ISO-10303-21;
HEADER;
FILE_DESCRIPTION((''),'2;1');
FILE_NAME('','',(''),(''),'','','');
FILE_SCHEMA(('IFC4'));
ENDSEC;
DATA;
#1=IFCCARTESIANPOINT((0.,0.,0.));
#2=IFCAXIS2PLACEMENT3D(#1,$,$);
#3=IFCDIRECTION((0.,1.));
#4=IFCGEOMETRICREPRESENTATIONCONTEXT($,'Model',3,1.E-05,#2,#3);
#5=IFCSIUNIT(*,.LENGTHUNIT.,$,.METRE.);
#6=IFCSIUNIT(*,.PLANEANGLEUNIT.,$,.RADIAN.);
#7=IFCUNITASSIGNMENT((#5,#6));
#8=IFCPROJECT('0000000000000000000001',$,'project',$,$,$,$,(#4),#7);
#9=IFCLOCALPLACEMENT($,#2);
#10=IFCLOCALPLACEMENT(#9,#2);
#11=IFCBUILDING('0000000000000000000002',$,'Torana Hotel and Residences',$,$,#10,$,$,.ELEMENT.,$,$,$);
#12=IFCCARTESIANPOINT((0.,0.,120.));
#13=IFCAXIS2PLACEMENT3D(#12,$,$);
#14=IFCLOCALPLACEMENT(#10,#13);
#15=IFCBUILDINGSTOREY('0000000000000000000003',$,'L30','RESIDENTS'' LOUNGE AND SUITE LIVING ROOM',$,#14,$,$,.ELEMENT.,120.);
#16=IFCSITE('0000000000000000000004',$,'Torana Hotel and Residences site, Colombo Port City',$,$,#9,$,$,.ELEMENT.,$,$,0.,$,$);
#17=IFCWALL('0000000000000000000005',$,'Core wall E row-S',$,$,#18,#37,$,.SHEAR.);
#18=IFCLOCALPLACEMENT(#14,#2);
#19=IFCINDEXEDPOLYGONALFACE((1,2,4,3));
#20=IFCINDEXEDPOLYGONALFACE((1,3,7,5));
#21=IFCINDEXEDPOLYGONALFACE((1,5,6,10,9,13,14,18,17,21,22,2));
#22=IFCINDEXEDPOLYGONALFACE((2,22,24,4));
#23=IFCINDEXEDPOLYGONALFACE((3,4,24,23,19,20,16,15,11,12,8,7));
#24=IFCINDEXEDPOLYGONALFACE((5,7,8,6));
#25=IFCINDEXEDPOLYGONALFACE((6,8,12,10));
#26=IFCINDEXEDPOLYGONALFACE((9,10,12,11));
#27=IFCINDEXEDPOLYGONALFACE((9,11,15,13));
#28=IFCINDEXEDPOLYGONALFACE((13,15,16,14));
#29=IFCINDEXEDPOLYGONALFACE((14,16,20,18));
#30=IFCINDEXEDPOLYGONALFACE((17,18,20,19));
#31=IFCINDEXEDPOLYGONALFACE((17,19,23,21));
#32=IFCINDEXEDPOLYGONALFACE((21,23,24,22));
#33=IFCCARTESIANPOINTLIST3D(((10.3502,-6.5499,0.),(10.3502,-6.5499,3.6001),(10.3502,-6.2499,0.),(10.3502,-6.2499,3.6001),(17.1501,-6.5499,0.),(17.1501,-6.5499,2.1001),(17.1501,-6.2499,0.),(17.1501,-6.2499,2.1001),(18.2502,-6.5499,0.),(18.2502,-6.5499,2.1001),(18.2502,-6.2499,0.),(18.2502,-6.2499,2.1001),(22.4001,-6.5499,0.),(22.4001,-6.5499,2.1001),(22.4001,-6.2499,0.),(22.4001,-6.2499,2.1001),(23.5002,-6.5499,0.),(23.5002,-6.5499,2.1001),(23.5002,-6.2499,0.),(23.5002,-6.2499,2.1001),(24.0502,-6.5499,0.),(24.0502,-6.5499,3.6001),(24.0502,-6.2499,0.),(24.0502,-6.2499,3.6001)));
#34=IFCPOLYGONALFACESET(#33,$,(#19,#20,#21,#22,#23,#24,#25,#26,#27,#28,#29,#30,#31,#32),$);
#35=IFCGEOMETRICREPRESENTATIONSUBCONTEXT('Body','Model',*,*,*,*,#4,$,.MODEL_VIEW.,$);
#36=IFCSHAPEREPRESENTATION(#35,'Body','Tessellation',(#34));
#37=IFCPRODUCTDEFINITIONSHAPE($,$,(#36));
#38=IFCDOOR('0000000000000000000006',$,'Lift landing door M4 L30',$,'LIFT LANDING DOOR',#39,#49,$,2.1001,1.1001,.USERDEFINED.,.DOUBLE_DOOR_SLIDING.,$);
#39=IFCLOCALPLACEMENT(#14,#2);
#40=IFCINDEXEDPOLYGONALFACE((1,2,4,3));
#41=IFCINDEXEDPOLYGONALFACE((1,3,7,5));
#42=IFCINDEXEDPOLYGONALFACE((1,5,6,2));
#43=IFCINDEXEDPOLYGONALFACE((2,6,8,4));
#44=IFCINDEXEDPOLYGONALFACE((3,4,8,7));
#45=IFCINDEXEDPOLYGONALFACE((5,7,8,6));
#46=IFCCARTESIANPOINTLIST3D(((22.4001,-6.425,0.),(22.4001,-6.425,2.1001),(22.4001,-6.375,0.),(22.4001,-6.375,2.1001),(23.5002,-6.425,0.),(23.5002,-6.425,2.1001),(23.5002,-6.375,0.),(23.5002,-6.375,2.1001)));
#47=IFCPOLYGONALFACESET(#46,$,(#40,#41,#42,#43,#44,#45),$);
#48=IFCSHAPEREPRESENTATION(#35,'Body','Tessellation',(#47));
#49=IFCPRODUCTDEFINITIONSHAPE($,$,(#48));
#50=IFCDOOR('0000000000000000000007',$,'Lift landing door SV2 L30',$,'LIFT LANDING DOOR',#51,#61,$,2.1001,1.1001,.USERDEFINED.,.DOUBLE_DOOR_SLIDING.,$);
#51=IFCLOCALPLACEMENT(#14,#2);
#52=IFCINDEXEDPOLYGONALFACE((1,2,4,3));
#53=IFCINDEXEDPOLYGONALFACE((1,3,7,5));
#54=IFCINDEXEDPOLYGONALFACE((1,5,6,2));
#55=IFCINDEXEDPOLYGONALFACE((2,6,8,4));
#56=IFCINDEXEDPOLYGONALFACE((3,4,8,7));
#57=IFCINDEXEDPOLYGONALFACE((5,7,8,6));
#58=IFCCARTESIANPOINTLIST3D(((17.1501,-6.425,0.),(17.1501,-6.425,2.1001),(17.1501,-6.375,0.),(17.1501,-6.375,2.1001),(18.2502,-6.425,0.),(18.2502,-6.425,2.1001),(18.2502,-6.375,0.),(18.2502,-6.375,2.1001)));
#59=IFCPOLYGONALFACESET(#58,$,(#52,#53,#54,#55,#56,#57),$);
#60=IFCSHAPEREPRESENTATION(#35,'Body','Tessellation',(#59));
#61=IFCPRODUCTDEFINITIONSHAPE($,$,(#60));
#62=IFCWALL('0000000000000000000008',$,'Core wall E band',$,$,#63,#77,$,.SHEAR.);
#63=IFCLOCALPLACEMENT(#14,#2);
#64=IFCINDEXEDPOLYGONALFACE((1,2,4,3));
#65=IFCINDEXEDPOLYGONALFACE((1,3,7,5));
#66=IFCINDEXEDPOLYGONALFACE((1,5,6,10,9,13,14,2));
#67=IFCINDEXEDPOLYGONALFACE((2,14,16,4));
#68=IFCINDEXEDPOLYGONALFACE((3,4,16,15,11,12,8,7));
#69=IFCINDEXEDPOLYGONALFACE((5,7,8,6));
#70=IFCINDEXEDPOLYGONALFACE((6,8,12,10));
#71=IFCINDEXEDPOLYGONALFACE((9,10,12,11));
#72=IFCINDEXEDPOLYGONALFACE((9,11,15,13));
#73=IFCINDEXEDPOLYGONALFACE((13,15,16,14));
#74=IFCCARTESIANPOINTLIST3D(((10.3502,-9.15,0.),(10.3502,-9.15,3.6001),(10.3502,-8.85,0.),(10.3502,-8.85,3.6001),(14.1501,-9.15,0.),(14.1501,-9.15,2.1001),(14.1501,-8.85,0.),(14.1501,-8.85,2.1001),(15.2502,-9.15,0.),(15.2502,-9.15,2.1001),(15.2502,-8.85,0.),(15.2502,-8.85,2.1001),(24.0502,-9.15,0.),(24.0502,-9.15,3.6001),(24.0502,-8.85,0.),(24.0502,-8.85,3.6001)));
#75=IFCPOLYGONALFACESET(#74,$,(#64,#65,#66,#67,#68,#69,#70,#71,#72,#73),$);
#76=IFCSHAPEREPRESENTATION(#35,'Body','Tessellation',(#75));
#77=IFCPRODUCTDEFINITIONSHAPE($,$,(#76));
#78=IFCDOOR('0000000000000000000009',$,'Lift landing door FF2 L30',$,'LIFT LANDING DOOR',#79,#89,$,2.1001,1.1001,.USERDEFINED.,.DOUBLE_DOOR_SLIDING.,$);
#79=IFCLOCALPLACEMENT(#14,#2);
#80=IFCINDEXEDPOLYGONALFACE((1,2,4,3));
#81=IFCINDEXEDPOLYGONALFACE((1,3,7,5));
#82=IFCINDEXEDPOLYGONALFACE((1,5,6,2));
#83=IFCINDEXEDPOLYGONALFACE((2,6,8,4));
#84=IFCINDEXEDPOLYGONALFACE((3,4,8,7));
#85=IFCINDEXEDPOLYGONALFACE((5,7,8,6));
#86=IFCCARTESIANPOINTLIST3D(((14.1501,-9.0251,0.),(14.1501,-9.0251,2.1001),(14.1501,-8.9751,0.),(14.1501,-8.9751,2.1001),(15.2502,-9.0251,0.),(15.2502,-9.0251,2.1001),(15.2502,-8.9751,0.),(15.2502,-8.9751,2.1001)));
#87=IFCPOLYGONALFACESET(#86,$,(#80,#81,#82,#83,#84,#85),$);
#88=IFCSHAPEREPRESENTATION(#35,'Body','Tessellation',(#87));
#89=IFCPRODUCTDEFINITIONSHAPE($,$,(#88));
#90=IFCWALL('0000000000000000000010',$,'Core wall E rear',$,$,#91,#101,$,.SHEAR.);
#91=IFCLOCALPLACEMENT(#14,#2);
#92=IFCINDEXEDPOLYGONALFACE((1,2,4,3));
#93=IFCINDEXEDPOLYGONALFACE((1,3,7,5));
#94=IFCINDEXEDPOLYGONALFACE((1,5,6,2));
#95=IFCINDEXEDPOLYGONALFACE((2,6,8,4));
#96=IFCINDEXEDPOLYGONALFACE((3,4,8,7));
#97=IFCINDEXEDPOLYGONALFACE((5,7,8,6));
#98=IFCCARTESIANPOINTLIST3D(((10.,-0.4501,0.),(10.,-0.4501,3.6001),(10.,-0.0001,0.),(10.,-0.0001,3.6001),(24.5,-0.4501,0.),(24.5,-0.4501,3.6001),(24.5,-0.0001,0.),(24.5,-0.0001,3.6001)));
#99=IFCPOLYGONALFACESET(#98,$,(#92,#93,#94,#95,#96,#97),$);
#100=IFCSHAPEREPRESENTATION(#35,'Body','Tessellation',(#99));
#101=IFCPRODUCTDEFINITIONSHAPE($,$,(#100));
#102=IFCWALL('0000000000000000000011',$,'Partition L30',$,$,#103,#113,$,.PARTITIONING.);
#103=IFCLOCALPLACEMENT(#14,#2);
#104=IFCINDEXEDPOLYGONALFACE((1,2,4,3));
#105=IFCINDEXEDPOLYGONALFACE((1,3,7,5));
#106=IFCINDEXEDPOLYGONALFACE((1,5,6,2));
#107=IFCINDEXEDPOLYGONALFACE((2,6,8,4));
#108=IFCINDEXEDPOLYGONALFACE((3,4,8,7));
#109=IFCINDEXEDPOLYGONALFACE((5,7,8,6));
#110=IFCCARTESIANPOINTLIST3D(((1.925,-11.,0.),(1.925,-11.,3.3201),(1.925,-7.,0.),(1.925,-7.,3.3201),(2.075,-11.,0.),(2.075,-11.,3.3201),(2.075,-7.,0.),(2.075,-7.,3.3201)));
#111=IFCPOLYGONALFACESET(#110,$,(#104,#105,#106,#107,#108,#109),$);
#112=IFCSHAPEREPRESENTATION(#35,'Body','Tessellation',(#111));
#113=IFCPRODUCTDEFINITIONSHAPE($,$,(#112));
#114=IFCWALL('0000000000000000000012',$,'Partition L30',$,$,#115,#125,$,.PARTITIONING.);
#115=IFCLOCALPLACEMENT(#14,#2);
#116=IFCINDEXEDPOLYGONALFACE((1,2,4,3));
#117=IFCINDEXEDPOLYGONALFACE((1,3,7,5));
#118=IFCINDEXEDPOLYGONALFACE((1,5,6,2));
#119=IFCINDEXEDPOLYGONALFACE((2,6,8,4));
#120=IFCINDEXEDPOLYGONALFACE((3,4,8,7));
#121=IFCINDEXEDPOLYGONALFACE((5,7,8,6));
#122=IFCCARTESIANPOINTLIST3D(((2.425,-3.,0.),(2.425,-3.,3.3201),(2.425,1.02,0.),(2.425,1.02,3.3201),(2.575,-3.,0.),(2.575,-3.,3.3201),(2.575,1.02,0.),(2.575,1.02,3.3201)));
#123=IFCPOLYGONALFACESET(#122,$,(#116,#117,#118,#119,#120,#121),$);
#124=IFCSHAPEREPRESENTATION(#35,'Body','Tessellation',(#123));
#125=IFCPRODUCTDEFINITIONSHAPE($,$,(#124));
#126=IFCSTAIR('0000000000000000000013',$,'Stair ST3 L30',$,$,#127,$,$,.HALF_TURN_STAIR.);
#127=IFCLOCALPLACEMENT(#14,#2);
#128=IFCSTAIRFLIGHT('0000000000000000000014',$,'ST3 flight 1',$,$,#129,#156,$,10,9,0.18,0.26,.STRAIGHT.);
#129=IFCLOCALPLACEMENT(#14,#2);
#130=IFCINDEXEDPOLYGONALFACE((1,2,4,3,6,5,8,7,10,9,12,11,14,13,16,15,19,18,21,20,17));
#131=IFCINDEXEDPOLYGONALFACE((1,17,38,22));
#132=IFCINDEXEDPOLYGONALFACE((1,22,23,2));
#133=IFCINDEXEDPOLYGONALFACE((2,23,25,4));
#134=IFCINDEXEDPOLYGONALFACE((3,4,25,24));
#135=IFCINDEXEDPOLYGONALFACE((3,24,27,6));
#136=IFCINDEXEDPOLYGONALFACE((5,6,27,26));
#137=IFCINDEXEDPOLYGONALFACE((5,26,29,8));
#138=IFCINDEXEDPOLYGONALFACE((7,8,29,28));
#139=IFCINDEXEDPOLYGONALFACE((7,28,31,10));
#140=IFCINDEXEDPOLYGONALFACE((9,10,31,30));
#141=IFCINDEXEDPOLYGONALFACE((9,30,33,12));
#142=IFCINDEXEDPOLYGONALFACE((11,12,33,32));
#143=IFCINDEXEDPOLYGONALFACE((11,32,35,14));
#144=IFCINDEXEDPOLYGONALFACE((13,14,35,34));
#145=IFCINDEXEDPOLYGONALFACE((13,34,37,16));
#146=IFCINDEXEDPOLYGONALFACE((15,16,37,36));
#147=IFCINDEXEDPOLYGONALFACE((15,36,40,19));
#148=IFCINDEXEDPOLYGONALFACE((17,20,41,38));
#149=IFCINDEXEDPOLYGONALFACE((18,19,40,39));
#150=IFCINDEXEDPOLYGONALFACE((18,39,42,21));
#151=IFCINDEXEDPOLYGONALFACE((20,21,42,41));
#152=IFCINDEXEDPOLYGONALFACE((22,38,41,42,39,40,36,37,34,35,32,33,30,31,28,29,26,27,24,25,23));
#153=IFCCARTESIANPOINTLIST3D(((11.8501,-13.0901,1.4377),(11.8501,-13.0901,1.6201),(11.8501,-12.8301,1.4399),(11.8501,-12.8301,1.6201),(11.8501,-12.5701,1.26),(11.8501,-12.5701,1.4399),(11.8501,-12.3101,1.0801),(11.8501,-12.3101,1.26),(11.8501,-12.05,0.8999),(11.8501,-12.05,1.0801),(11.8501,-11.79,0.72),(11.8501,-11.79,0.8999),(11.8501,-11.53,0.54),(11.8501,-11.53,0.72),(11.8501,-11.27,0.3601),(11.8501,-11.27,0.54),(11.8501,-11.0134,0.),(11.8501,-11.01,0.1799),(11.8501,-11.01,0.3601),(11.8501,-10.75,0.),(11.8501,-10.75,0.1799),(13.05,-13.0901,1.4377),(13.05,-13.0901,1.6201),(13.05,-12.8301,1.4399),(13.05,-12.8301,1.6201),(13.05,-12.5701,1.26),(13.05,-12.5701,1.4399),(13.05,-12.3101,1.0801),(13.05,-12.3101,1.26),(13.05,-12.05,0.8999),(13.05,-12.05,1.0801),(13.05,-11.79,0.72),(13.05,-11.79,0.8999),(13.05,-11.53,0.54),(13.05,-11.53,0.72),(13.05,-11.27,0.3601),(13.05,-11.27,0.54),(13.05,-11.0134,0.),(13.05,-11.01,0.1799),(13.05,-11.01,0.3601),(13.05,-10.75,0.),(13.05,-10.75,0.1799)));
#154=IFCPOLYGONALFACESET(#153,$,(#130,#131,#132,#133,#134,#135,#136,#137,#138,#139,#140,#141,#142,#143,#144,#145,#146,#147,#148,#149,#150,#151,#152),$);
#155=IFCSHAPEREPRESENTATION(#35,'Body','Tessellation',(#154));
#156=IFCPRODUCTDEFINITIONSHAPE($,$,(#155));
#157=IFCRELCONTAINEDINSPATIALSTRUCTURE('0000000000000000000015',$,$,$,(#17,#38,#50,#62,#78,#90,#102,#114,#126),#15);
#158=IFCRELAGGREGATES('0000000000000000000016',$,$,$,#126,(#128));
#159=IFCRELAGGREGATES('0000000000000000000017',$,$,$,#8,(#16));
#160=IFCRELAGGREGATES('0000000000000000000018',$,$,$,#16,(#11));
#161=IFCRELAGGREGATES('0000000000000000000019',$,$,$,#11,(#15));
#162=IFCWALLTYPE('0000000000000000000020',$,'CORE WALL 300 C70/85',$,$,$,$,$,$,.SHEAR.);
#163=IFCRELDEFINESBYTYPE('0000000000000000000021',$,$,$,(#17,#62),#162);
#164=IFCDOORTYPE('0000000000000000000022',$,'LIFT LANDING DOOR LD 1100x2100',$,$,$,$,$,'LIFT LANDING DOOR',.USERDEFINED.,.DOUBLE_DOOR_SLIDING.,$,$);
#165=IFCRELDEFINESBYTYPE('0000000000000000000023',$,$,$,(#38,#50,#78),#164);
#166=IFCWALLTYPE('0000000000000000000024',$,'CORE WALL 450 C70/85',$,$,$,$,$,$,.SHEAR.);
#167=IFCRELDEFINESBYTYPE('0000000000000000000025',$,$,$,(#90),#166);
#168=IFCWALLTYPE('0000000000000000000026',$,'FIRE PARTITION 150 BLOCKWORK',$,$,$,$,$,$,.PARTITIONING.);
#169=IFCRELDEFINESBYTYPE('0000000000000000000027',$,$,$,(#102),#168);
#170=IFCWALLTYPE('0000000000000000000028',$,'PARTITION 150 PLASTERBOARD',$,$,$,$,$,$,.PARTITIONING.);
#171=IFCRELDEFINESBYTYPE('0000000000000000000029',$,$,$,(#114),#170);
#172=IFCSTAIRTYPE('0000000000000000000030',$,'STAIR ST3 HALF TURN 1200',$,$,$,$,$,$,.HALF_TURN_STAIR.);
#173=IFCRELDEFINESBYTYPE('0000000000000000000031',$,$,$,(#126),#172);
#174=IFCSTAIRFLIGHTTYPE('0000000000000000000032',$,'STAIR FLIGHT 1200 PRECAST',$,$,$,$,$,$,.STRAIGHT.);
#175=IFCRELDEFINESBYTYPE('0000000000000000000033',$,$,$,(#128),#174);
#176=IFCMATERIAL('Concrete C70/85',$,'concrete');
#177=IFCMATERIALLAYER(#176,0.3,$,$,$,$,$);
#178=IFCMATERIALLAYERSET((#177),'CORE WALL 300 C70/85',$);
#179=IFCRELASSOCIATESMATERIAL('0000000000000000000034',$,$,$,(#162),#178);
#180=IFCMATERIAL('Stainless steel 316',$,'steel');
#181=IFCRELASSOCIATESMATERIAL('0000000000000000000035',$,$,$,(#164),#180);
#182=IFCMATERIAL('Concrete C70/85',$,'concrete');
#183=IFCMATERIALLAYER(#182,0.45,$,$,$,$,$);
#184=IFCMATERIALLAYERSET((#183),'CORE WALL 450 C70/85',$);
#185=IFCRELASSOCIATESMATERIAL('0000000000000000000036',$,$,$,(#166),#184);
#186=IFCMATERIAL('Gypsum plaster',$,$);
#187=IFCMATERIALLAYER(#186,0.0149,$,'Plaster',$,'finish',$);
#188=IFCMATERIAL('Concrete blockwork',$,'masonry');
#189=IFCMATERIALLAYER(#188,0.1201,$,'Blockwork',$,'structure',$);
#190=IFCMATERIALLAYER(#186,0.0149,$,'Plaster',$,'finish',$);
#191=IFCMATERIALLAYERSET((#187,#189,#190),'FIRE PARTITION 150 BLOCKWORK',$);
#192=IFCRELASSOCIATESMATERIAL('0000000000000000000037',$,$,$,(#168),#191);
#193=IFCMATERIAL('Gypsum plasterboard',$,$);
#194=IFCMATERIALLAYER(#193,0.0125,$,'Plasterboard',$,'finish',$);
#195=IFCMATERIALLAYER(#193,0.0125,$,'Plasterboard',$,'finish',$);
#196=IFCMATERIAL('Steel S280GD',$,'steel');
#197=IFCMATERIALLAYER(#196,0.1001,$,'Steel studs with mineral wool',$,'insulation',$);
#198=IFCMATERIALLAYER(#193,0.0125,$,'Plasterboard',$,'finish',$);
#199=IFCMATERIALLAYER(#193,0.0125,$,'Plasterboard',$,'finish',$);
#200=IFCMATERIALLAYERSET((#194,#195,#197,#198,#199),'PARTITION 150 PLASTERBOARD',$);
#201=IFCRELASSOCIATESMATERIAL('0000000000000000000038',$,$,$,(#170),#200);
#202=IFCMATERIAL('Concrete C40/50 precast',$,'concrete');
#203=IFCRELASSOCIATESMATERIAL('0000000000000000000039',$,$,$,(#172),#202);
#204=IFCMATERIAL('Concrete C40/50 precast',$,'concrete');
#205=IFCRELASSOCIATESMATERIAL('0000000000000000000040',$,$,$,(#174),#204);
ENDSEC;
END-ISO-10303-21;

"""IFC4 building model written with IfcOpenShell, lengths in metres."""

from ifc_helpers import new_model, si_unit, direction, frame, frame_2d, origin, place, context, subcontext, project, spatial, polyline, rectangle, outline, extrude, material, layer, layer_set, type_object, element, fill, aggregate, save


model = new_model("IFC4")

# Units and contexts
model_context = context("Model", 3, precision=1e-05, world=origin(), true_north=direction((0.0, 1.0)))
body_context = subcontext(model_context, "Body", "Model", "MODEL_VIEW")
ifc_project = project(units=[si_unit("LENGTHUNIT", "METRE"), si_unit("PLANEANGLEUNIT", "RADIAN")], contexts=[model_context])

# Site, building, storey
site_placement = place(None, origin())
site = spatial("IfcSite", under=ifc_project, at=site_placement, Name="Torana Hotel and Residences site, Colombo Port City", CompositionType="ELEMENT", RefElevation=0.0)
building_placement = place(site_placement, origin())
building = spatial("IfcBuilding", under=site, at=building_placement, Name="Torana Hotel and Residences", CompositionType="ELEMENT")
storey_placement = place(building_placement, frame((0.0, 0.0, 120.0)))
storey = spatial("IfcBuildingStorey", under=building, at=storey_placement, Name="L30", Description="RESIDENTS' LOUNGE AND SUITE LIVING ROOM", CompositionType="ELEMENT", Elevation=120.0)

# Wall, openings, doors
ifc_material_1 = material(Name="Concrete C70/85", Category="concrete")
ifc_layer_1 = layer(ifc_material_1, 0.3)
ifc_layer_set_1 = layer_set([ifc_layer_1], Name="CORE WALL 300 C70/85")
wall_type_1 = type_object("IfcWallType", Name="CORE WALL 300 C70/85", PredefinedType="SHEAR", material=ifc_layer_set_1)
ifc_material_2 = material(Name="Stainless steel 316", Category="steel")
door_type_1 = type_object("IfcDoorType", Name="LIFT LANDING DOOR LD 1100x2100", ElementType="LIFT LANDING DOOR", OperationType="DOUBLE_DOOR_SLIDING", PredefinedType="USERDEFINED", material=ifc_material_2)
wall_1_placement = place(storey_placement, frame((10.3501, -6.3999, 0.0), z_axis=(0.0, 0.0, 1.0), x_axis=(1.0, 0.0, 0.0)))
wall_1 = element("IfcWall", 1, at=wall_1_placement, inside=storey, type_object=wall_type_1, Name="Core wall E row-S", PredefinedType="SHEAR", context=body_context, shape_type="SweptSolid", body=[
    extrude(rectangle(XDim=13.7, YDim=0.3, at=frame_2d((6.8501, 0.0))), origin(), (0.0, 0.0, 1.0), 3.6001),
])
opening_1_placement = place(wall_1_placement, frame((12.05, 0.0, 0.0)))
opening_1 = element("IfcOpeningElement", 2, at=opening_1_placement, cuts=wall_1, PredefinedType="OPENING", context=body_context, shape_type="SweptSolid", body=[
    extrude(rectangle(XDim=1.1001, YDim=2.1001, at=frame_2d((0.55, 1.05))), frame((0.0, 0.1599, 0.0), z_axis=(0.0, -1.0, 0.0), x_axis=(1.0, 0.0, 0.0)), (0.0, 0.0, 1.0), 0.3201),
])
opening_2_placement = place(wall_1_placement, frame((6.8, 0.0, 0.0)))
opening_2 = element("IfcOpeningElement", 3, at=opening_2_placement, cuts=wall_1, PredefinedType="OPENING", context=body_context, shape_type="SweptSolid", body=[
    extrude(rectangle(XDim=1.1001, YDim=2.1001, at=frame_2d((0.55, 1.05))), frame((0.0, 0.1599, 0.0), z_axis=(0.0, -1.0, 0.0), x_axis=(1.0, 0.0, 0.0)), (0.0, 0.0, 1.0), 0.3201),
])
door_1_placement = place(opening_1_placement, origin())
door_1 = element("IfcDoor", 4, at=door_1_placement, inside=storey, type_object=door_type_1, Name="Lift landing door M4 L30", ObjectType="LIFT LANDING DOOR", OperationType="DOUBLE_DOOR_SLIDING", OverallHeight=2.1001, OverallWidth=1.1001, PredefinedType="USERDEFINED", context=body_context, shape_type="SweptSolid", body=[
    extrude(rectangle(XDim=1.1001, YDim=2.1001, at=frame_2d((0.55, 1.05))), frame((0.0, 0.0249, 0.0), z_axis=(0.0, -1.0, 0.0), x_axis=(1.0, 0.0, 0.0)), (0.0, 0.0, 1.0), 0.05),
])
fill(opening_1, door_1)
door_2_placement = place(opening_2_placement, origin())
door_2 = element("IfcDoor", 5, at=door_2_placement, inside=storey, type_object=door_type_1, Name="Lift landing door SV2 L30", ObjectType="LIFT LANDING DOOR", OperationType="DOUBLE_DOOR_SLIDING", OverallHeight=2.1001, OverallWidth=1.1001, PredefinedType="USERDEFINED", context=body_context, shape_type="SweptSolid", body=[
    extrude(rectangle(XDim=1.1001, YDim=2.1001, at=frame_2d((0.55, 1.05))), frame((0.0, 0.0249, 0.0), z_axis=(0.0, -1.0, 0.0), x_axis=(1.0, 0.0, 0.0)), (0.0, 0.0, 1.0), 0.05),
])
fill(opening_2, door_2)

# Wall, opening, door
wall_2_placement = place(storey_placement, frame((10.3501, -9.0, 0.0), z_axis=(0.0, 0.0, 1.0), x_axis=(1.0, 0.0, 0.0)))
wall_2 = element("IfcWall", 6, at=wall_2_placement, inside=storey, type_object=wall_type_1, Name="Core wall E band", PredefinedType="SHEAR", context=body_context, shape_type="SweptSolid", body=[
    extrude(rectangle(XDim=13.7, YDim=0.3, at=frame_2d((6.8501, 0.0))), origin(), (0.0, 0.0, 1.0), 3.6001),
])
opening_3_placement = place(wall_2_placement, frame((3.8, 0.0, 0.0)))
opening_3 = element("IfcOpeningElement", 7, at=opening_3_placement, cuts=wall_2, PredefinedType="OPENING", context=body_context, shape_type="SweptSolid", body=[
    extrude(rectangle(XDim=1.1001, YDim=2.1001, at=frame_2d((0.55, 1.05))), frame((0.0, 0.1599, 0.0), z_axis=(0.0, -1.0, 0.0), x_axis=(1.0, 0.0, 0.0)), (0.0, 0.0, 1.0), 0.3201),
])
door_3_placement = place(opening_3_placement, origin())
door_3 = element("IfcDoor", 8, at=door_3_placement, inside=storey, type_object=door_type_1, Name="Lift landing door FF2 L30", ObjectType="LIFT LANDING DOOR", OperationType="DOUBLE_DOOR_SLIDING", OverallHeight=2.1001, OverallWidth=1.1001, PredefinedType="USERDEFINED", context=body_context, shape_type="SweptSolid", body=[
    extrude(rectangle(XDim=1.1001, YDim=2.1001, at=frame_2d((0.55, 1.05))), frame((0.0, 0.0249, 0.0), z_axis=(0.0, -1.0, 0.0), x_axis=(1.0, 0.0, 0.0)), (0.0, 0.0, 1.0), 0.05),
])
fill(opening_3, door_3)

# Walls
ifc_material_3 = material(Name="Concrete C70/85", Category="concrete")
ifc_layer_2 = layer(ifc_material_3, 0.45)
ifc_layer_set_2 = layer_set([ifc_layer_2], Name="CORE WALL 450 C70/85")
wall_type_2 = type_object("IfcWallType", Name="CORE WALL 450 C70/85", PredefinedType="SHEAR", material=ifc_layer_set_2)
wall_3_placement = place(storey_placement, frame((10.0, -0.2251, 0.0), z_axis=(0.0, 0.0, 1.0), x_axis=(1.0, 0.0, 0.0)))
element("IfcWall", 9, at=wall_3_placement, inside=storey, type_object=wall_type_2, Name="Core wall E rear", PredefinedType="SHEAR", context=body_context, shape_type="SweptSolid", body=[
    extrude(rectangle(XDim=14.5, YDim=0.45, at=frame_2d((7.25, 0.0))), origin(), (0.0, 0.0, 1.0), 3.6001),
])
ifc_material_4 = material(Name="Gypsum plaster")
ifc_layer_3 = layer(ifc_material_4, 0.0149, Name="Plaster", Category="finish")
ifc_material_5 = material(Name="Concrete blockwork", Category="masonry")
ifc_layer_4 = layer(ifc_material_5, 0.1201, Name="Blockwork", Category="structure")
ifc_layer_5 = layer(ifc_material_4, 0.0149, Name="Plaster", Category="finish")
ifc_layer_set_3 = layer_set([ifc_layer_3, ifc_layer_4, ifc_layer_5], Name="FIRE PARTITION 150 BLOCKWORK")
wall_type_3 = type_object("IfcWallType", Name="FIRE PARTITION 150 BLOCKWORK", PredefinedType="PARTITIONING", material=ifc_layer_set_3)
wall_4_placement = place(storey_placement, frame((2.0, -11.0, 0.0), z_axis=(0.0, 0.0, 1.0), x_axis=(0.0, 1.0, 0.0)))
element("IfcWall", 10, at=wall_4_placement, inside=storey, type_object=wall_type_3, Name="Partition L30", PredefinedType="PARTITIONING", context=body_context, shape_type="SweptSolid", body=[
    extrude(rectangle(XDim=4.0, YDim=0.1499, at=frame_2d((2.0, 0.0))), origin(), (0.0, 0.0, 1.0), 3.3201),
])
ifc_material_6 = material(Name="Gypsum plasterboard")
ifc_layer_6 = layer(ifc_material_6, 0.0125, Name="Plasterboard", Category="finish")
ifc_layer_7 = layer(ifc_material_6, 0.0125, Name="Plasterboard", Category="finish")
ifc_material_7 = material(Name="Steel S280GD", Category="steel")
ifc_layer_8 = layer(ifc_material_7, 0.1001, Name="Steel studs with mineral wool", Category="insulation")
ifc_layer_9 = layer(ifc_material_6, 0.0125, Name="Plasterboard", Category="finish")
ifc_layer_10 = layer(ifc_material_6, 0.0125, Name="Plasterboard", Category="finish")
ifc_layer_set_4 = layer_set([ifc_layer_6, ifc_layer_7, ifc_layer_8, ifc_layer_9, ifc_layer_10], Name="PARTITION 150 PLASTERBOARD")
wall_type_4 = type_object("IfcWallType", Name="PARTITION 150 PLASTERBOARD", PredefinedType="PARTITIONING", material=ifc_layer_set_4)
wall_5_placement = place(storey_placement, frame((2.5, -3.0, 0.0), z_axis=(0.0, 0.0, 1.0), x_axis=(0.0, 1.0, 0.0)))
element("IfcWall", 11, at=wall_5_placement, inside=storey, type_object=wall_type_4, Name="Partition L30", PredefinedType="PARTITIONING", context=body_context, shape_type="SweptSolid", body=[
    extrude(rectangle(XDim=4.02, YDim=0.1499, at=frame_2d((2.01, 0.0))), origin(), (0.0, 0.0, 1.0), 3.3201),
])

# Stair, stair flight
ifc_material_8 = material(Name="Concrete C40/50 precast", Category="concrete")
stair_type = type_object("IfcStairType", Name="STAIR ST3 HALF TURN 1200", PredefinedType="HALF_TURN_STAIR", material=ifc_material_8)
stair_placement = place(storey_placement, origin())
stair = element("IfcStair", 12, at=stair_placement, inside=storey, type_object=stair_type, Name="Stair ST3 L30", PredefinedType="HALF_TURN_STAIR")
ifc_material_9 = material(Name="Concrete C40/50 precast", Category="concrete")
stair_flight_type = type_object("IfcStairFlightType", Name="STAIR FLIGHT 1200 PRECAST", PredefinedType="STRAIGHT", material=ifc_material_9)
stair_flight_1_placement = place(storey_placement, frame((12.45, -10.75, 0.0), z_axis=(0.0, 0.0, 1.0), x_axis=(0.0, -1.0, 0.0)))
stair_flight_1 = element("IfcStairFlight", 13, at=stair_flight_1_placement, type_object=stair_flight_type, Name="ST3 flight 1", NumberOfRisers=10, NumberOfTreads=9, PredefinedType="STRAIGHT", RiserHeight=0.18, TreadLength=0.26, context=body_context, shape_type="SweptSolid", body=[
    extrude(outline(polyline([(0.0, 0.0), (0.0, 0.1799), (0.26, 0.1799), (0.26, 0.3601), (0.52, 0.3601), (0.52, 0.54), (0.78, 0.54), (0.78, 0.72), (1.04, 0.72), (1.04, 0.8999), (1.3, 0.8999), (1.3, 1.0801), (1.5601, 1.0801), (1.5601, 1.26), (1.8201, 1.26), (1.8201, 1.4399), (2.0801, 1.4399), (2.0801, 1.6201), (2.3401, 1.6201), (2.3401, 1.8), (2.3401, 1.4377), (0.2634, 0.0), (0.0, 0.0)])), frame((0.0, 0.6001, 0.0), z_axis=(0.0, -1.0, 0.0), x_axis=(1.0, 0.0, 0.0)), (0.0, 0.0, 1.0), 1.2),
])
aggregate(stair, [stair_flight_1])

save(model, "model.ifc")
